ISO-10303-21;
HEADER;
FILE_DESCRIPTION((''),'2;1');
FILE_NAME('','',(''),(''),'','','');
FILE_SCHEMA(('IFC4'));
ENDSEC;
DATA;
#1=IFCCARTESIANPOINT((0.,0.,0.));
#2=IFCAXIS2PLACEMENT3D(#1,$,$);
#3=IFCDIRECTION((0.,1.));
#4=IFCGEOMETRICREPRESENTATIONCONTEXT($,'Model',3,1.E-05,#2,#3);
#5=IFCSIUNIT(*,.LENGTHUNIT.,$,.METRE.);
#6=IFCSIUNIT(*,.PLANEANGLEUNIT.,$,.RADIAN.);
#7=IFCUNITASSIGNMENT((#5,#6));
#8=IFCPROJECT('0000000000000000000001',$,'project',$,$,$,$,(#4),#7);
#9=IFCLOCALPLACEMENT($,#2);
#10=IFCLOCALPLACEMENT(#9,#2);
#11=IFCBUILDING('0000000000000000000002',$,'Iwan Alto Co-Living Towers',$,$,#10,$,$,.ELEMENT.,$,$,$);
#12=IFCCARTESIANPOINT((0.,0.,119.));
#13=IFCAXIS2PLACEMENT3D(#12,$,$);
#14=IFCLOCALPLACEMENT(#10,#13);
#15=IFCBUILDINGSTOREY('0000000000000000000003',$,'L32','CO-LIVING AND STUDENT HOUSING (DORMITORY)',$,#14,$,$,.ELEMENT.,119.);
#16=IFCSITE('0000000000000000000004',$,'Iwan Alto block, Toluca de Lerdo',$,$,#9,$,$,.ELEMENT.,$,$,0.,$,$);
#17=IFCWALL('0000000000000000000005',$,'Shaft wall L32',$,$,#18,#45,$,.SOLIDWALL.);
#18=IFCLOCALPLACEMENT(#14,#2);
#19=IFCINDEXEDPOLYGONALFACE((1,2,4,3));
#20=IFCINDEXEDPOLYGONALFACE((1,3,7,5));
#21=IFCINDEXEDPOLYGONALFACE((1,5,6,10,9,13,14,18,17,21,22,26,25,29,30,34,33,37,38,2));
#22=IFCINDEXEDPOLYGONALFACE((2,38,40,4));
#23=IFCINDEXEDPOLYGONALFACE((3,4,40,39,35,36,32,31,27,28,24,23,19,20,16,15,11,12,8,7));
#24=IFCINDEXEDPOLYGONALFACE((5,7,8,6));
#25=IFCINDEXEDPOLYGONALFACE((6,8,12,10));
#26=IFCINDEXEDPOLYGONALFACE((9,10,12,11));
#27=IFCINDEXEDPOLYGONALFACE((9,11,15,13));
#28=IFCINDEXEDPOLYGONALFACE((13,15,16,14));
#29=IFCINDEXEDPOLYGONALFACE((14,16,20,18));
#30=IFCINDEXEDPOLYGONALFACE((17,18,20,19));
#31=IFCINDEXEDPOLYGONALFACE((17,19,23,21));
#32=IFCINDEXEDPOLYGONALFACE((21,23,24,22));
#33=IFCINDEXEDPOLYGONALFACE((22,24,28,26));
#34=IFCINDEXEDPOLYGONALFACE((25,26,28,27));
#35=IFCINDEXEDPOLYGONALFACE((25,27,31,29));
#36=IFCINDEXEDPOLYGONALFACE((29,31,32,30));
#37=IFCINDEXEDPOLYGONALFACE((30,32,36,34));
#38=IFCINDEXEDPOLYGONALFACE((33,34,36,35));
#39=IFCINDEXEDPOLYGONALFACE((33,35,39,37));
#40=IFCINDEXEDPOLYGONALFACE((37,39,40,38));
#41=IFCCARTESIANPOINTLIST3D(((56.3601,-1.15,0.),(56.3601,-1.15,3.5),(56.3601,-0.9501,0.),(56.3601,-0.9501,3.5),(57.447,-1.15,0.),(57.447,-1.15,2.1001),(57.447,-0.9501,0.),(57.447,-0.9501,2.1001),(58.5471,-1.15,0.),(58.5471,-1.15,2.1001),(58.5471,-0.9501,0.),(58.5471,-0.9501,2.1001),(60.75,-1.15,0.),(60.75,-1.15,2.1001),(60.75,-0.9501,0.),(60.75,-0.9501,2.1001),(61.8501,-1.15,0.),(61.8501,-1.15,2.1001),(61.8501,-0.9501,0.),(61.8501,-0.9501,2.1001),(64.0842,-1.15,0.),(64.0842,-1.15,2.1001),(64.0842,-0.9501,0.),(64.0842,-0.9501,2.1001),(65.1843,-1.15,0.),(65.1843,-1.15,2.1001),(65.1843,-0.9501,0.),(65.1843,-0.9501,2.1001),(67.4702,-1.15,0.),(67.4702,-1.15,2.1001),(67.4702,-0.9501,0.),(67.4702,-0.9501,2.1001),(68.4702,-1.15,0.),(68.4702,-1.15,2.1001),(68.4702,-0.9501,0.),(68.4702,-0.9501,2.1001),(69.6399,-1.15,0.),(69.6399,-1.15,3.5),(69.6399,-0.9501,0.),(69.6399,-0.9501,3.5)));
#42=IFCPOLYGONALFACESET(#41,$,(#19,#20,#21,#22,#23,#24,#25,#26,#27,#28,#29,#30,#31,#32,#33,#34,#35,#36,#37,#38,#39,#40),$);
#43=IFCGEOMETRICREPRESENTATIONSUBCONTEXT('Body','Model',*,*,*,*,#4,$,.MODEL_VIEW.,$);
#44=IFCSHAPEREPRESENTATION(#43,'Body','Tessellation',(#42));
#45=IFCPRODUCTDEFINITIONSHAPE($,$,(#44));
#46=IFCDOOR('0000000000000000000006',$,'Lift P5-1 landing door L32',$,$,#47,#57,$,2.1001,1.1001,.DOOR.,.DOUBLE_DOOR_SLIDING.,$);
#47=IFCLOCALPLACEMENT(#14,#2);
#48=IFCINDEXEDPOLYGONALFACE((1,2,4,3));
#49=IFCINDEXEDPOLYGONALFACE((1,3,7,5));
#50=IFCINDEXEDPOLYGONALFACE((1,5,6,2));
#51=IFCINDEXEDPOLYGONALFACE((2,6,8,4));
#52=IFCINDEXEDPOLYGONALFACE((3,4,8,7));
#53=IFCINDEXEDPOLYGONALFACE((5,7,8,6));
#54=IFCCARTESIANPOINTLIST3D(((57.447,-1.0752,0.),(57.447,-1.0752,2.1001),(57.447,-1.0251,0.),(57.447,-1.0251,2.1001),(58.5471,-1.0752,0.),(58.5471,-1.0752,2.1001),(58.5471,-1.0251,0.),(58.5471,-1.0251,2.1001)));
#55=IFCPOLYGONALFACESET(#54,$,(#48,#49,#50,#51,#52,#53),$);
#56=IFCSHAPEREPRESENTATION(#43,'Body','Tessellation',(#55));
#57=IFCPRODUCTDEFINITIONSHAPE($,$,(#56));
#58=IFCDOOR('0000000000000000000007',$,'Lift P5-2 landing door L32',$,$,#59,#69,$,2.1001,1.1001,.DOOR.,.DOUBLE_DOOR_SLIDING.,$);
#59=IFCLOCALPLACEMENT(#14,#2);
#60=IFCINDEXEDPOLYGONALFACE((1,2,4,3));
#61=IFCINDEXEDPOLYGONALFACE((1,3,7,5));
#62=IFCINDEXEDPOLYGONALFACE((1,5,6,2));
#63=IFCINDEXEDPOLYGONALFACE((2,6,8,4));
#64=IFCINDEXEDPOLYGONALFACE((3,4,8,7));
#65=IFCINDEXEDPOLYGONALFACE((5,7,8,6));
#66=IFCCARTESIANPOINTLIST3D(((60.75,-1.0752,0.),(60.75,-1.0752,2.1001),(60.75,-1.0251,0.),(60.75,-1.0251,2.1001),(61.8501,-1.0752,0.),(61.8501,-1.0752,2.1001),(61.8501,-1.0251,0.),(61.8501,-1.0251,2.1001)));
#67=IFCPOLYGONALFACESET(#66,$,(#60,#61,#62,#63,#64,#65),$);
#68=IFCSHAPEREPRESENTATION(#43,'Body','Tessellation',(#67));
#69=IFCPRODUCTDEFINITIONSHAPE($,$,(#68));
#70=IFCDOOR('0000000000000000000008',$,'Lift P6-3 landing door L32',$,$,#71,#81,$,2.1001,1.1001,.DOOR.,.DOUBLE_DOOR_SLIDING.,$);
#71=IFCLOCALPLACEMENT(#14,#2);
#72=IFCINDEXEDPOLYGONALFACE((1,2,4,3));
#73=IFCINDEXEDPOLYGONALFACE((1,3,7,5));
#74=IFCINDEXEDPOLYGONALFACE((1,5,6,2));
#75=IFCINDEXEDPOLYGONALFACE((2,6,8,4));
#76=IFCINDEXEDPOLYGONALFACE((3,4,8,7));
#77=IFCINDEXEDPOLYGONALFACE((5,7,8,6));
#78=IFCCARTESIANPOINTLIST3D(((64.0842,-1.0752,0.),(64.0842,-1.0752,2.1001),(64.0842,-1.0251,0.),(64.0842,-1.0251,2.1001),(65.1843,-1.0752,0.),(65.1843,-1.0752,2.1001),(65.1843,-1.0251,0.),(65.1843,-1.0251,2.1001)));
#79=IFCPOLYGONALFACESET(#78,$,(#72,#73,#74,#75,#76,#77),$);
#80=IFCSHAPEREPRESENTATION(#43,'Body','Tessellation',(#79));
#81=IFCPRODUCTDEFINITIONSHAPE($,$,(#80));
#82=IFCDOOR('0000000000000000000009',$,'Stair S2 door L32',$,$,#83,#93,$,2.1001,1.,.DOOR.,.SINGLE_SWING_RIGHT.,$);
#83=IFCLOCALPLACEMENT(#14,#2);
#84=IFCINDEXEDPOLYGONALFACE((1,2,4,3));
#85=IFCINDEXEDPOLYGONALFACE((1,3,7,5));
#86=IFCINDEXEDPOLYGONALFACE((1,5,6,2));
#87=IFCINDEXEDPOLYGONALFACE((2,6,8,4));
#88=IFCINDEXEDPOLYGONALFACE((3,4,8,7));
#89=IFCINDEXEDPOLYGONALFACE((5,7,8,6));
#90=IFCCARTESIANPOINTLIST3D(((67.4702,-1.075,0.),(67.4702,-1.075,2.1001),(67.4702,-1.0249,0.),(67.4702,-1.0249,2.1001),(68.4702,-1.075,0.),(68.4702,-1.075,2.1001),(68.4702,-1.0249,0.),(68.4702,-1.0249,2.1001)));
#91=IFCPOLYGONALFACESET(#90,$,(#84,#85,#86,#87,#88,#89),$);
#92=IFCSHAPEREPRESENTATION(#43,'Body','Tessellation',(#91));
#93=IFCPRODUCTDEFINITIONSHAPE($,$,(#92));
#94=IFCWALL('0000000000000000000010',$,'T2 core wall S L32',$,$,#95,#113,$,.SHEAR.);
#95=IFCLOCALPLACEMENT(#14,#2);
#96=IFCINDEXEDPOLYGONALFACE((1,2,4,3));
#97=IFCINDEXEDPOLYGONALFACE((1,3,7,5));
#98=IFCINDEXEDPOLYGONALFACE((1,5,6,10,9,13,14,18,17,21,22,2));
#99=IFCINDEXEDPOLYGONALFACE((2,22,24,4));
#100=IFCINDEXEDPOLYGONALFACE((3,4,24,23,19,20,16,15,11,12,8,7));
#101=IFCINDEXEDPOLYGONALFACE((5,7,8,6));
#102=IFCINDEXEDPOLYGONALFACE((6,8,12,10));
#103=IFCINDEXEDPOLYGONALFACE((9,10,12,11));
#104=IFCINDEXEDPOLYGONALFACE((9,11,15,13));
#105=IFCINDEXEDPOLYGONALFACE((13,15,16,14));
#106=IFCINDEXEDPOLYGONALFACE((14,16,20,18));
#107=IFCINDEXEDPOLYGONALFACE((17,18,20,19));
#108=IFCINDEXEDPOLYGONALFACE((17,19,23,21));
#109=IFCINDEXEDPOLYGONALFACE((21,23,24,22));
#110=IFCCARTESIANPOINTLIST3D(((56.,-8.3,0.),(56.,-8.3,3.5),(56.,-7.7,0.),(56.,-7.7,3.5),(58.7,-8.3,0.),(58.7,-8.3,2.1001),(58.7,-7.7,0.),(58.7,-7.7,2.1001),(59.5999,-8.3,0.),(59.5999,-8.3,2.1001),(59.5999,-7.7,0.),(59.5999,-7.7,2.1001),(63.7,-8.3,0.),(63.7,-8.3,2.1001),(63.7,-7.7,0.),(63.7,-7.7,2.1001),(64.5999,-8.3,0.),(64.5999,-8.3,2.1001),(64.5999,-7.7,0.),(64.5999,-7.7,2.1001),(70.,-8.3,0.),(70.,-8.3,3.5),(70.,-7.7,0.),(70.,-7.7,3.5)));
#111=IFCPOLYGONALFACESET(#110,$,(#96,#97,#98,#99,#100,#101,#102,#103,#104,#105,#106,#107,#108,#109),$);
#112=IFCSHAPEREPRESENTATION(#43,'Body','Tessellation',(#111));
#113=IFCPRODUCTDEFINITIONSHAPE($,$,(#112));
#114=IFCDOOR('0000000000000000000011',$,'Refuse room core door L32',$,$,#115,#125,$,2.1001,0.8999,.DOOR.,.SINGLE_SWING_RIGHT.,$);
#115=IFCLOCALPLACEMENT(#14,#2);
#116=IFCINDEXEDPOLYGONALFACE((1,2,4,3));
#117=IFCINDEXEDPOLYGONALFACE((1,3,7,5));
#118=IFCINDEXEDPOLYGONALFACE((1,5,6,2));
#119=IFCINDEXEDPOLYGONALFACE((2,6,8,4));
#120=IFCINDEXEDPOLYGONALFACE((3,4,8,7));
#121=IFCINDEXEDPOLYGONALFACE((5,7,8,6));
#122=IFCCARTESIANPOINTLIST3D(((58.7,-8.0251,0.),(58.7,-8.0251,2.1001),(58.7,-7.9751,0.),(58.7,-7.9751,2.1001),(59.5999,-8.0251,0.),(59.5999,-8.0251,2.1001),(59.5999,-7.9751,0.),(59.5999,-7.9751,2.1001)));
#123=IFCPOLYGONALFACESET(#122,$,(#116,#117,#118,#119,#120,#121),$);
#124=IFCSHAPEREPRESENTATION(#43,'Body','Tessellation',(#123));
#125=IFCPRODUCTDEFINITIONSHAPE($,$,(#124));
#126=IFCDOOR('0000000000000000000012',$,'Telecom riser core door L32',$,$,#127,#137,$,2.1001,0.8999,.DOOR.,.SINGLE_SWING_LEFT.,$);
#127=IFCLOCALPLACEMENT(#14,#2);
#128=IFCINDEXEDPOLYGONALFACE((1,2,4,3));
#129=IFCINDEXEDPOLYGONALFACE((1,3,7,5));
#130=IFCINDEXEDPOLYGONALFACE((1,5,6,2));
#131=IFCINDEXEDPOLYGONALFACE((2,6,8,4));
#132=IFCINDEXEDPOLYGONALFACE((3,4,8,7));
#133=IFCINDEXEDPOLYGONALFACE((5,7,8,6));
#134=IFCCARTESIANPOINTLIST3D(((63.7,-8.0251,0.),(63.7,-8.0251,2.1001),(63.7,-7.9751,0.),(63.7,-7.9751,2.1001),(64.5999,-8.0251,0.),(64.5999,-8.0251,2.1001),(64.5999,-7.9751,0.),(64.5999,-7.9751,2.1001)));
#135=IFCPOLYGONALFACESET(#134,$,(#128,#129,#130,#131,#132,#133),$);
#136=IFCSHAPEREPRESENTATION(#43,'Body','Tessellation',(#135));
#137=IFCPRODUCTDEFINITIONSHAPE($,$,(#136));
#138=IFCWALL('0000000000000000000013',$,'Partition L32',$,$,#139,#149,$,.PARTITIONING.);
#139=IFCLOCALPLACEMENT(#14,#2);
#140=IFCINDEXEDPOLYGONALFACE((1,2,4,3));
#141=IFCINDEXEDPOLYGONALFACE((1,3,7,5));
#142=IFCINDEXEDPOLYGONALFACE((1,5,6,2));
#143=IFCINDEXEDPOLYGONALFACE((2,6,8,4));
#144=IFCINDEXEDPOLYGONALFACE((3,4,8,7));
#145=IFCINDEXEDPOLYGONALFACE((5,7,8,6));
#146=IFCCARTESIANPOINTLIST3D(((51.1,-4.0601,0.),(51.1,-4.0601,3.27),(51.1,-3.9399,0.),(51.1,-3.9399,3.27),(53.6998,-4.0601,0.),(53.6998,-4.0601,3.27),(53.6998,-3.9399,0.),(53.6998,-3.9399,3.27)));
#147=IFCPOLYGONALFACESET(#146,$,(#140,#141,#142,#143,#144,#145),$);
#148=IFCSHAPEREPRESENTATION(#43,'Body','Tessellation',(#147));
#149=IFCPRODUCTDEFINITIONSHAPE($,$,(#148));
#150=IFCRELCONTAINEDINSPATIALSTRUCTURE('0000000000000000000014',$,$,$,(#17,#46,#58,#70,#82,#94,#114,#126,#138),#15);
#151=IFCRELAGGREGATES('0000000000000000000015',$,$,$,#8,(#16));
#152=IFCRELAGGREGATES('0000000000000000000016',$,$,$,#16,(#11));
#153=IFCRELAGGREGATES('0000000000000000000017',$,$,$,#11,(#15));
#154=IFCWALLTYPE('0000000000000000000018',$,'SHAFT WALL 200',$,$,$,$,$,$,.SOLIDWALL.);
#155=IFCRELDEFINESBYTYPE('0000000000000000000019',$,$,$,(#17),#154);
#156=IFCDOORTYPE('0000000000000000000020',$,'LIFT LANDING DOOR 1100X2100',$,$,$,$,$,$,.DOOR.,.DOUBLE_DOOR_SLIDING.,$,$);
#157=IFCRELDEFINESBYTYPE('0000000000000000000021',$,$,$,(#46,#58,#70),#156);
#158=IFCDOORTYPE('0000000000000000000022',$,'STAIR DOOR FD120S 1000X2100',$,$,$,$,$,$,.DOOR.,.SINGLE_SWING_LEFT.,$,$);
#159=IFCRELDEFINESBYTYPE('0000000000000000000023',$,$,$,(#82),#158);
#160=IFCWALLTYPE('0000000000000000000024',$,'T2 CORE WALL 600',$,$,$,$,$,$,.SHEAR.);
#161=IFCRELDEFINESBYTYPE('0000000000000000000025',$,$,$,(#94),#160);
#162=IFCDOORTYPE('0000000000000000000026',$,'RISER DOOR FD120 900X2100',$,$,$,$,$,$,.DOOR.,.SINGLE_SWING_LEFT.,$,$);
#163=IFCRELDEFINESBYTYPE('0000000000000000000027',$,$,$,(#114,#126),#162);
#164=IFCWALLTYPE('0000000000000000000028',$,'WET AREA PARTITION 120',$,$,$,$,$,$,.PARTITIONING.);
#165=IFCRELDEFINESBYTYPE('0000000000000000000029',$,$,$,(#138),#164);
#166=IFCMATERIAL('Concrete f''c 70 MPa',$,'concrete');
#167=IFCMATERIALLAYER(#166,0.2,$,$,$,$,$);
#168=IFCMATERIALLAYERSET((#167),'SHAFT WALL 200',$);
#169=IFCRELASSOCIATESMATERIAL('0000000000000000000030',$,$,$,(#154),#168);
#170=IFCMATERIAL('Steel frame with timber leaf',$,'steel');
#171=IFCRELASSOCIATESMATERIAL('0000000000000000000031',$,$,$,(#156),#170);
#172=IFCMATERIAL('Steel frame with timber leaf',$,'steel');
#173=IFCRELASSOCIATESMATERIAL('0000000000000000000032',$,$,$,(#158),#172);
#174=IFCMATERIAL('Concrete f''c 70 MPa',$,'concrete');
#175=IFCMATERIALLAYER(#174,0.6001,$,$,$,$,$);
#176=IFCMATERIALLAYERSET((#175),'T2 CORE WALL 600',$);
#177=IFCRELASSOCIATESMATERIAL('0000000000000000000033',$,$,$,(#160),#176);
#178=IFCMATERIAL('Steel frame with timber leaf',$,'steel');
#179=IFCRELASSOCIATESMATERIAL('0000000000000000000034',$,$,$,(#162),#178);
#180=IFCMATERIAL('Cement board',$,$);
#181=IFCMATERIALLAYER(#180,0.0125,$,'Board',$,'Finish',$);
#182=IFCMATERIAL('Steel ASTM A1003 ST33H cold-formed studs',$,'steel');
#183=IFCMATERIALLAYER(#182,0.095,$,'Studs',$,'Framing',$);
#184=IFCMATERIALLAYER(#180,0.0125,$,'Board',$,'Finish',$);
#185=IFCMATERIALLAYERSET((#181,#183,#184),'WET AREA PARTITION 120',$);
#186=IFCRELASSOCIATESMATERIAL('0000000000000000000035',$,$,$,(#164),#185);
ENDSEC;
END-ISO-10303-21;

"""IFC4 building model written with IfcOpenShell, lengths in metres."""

from ifc_helpers import new_model, si_unit, direction, frame, frame_2d, origin, place, context, subcontext, project, spatial, rectangle, extrude, material, layer, layer_set, type_object, element, fill, save


model = new_model("IFC4")

# Units and contexts
model_context = context("Model", 3, precision=1e-05, world=origin(), true_north=direction((0.0, 1.0)))
body_context = subcontext(model_context, "Body", "Model", "MODEL_VIEW")
ifc_project = project(units=[si_unit("LENGTHUNIT", "METRE"), si_unit("PLANEANGLEUNIT", "RADIAN")], contexts=[model_context])

# Site, building, storey
site_placement = place(None, origin())
site = spatial("IfcSite", under=ifc_project, at=site_placement, Name="Iwan Alto block, Toluca de Lerdo", CompositionType="ELEMENT", RefElevation=0.0)
building_placement = place(site_placement, origin())
building = spatial("IfcBuilding", under=site, at=building_placement, Name="Iwan Alto Co-Living Towers", CompositionType="ELEMENT")
storey_placement = place(building_placement, frame((0.0, 0.0, 119.0)))
storey = spatial("IfcBuildingStorey", under=building, at=storey_placement, Name="L32", Description="CO-LIVING AND STUDENT HOUSING (DORMITORY)", CompositionType="ELEMENT", Elevation=119.0)

# Shared definitions
ifc_material_1 = material(Name="Steel ASTM A1003 ST33H cold-formed studs", Category="steel")

# Shared definitions
ifc_material_2 = material(Name="Concrete f'c 70 MPa", Category="concrete")
ifc_layer_1 = layer(ifc_material_2, 0.2)
ifc_layer_set_1 = layer_set([ifc_layer_1], Name="SHAFT WALL 200")
wall_type_1 = type_object("IfcWallType", Name="SHAFT WALL 200", PredefinedType="SOLIDWALL", material=ifc_layer_set_1)

# Walls, openings, doors
wall_1_placement = place(storey_placement, frame((56.3601, -1.05, 0.0), z_axis=(0.0, 0.0, 1.0), x_axis=(1.0, 0.0, 0.0)))
wall_1 = element("IfcWall", 1, at=wall_1_placement, inside=storey, type_object=wall_type_1, Name="Shaft wall L32", PredefinedType="SOLIDWALL", context=body_context, shape_type="SweptSolid", body=[
    extrude(rectangle(XDim=13.2798, YDim=0.2, at=frame_2d((6.6399, 0.0))), origin(), (0.0, 0.0, 1.0), 3.5),
])
opening_1_placement = place(wall_1_placement, frame((11.1101, 0.0, 0.0)))
opening_1 = element("IfcOpeningElement", 2, at=opening_1_placement, cuts=wall_1, PredefinedType="OPENING", context=body_context, shape_type="SweptSolid", body=[
    extrude(rectangle(XDim=1.0, YDim=2.1001, at=frame_2d((0.5, 1.05))), frame((0.0, 0.1099, 0.0), z_axis=(0.0, -1.0, 0.0), x_axis=(1.0, 0.0, 0.0)), (0.0, 0.0, 1.0), 0.22),
])
opening_2_placement = place(wall_1_placement, frame((1.0869, 0.0, 0.0)))
opening_2 = element("IfcOpeningElement", 3, at=opening_2_placement, cuts=wall_1, PredefinedType="OPENING", context=body_context, shape_type="SweptSolid", body=[
    extrude(rectangle(XDim=1.1001, YDim=2.1001, at=frame_2d((0.55, 1.05))), frame((0.0, 0.1099, 0.0), z_axis=(0.0, -1.0, 0.0), x_axis=(1.0, 0.0, 0.0)), (0.0, 0.0, 1.0), 0.22),
])
opening_3_placement = place(wall_1_placement, frame((4.3899, 0.0, 0.0)))
opening_3 = element("IfcOpeningElement", 4, at=opening_3_placement, cuts=wall_1, PredefinedType="OPENING", context=body_context, shape_type="SweptSolid", body=[
    extrude(rectangle(XDim=1.1001, YDim=2.1001, at=frame_2d((0.55, 1.05))), frame((0.0, 0.1099, 0.0), z_axis=(0.0, -1.0, 0.0), x_axis=(1.0, 0.0, 0.0)), (0.0, 0.0, 1.0), 0.22),
])
opening_4_placement = place(wall_1_placement, frame((7.7241, 0.0, 0.0)))
opening_4 = element("IfcOpeningElement", 5, at=opening_4_placement, cuts=wall_1, PredefinedType="OPENING", context=body_context, shape_type="SweptSolid", body=[
    extrude(rectangle(XDim=1.1001, YDim=2.1001, at=frame_2d((0.55, 1.05))), frame((0.0, 0.1099, 0.0), z_axis=(0.0, -1.0, 0.0), x_axis=(1.0, 0.0, 0.0)), (0.0, 0.0, 1.0), 0.22),
])
ifc_material_3 = material(Name="Steel frame with timber leaf", Category="steel")
door_type_1 = type_object("IfcDoorType", Name="LIFT LANDING DOOR 1100X2100", OperationType="DOUBLE_DOOR_SLIDING", PredefinedType="DOOR", material=ifc_material_3)
door_1_placement = place(opening_2_placement, origin())
door_1 = element("IfcDoor", 6, at=door_1_placement, inside=storey, type_object=door_type_1, Name="Lift P5-1 landing door L32", OperationType="DOUBLE_DOOR_SLIDING", OverallHeight=2.1001, OverallWidth=1.1001, PredefinedType="DOOR", context=body_context, shape_type="SweptSolid", body=[
    extrude(rectangle(XDim=1.1001, YDim=2.1001, at=frame_2d((0.55, 1.05))), frame((0.0, 0.0249, 0.0), z_axis=(0.0, -1.0, 0.0), x_axis=(1.0, 0.0, 0.0)), (0.0, 0.0, 1.0), 0.05),
])
fill(opening_2, door_1)
door_2_placement = place(opening_3_placement, origin())
door_2 = element("IfcDoor", 7, at=door_2_placement, inside=storey, type_object=door_type_1, Name="Lift P5-2 landing door L32", OperationType="DOUBLE_DOOR_SLIDING", OverallHeight=2.1001, OverallWidth=1.1001, PredefinedType="DOOR", context=body_context, shape_type="SweptSolid", body=[
    extrude(rectangle(XDim=1.1001, YDim=2.1001, at=frame_2d((0.55, 1.05))), frame((0.0, 0.0249, 0.0), z_axis=(0.0, -1.0, 0.0), x_axis=(1.0, 0.0, 0.0)), (0.0, 0.0, 1.0), 0.05),
])
fill(opening_3, door_2)
door_3_placement = place(opening_4_placement, origin())
door_3 = element("IfcDoor", 8, at=door_3_placement, inside=storey, type_object=door_type_1, Name="Lift P6-3 landing door L32", OperationType="DOUBLE_DOOR_SLIDING", OverallHeight=2.1001, OverallWidth=1.1001, PredefinedType="DOOR", context=body_context, shape_type="SweptSolid", body=[
    extrude(rectangle(XDim=1.1001, YDim=2.1001, at=frame_2d((0.55, 1.05))), frame((0.0, 0.0249, 0.0), z_axis=(0.0, -1.0, 0.0), x_axis=(1.0, 0.0, 0.0)), (0.0, 0.0, 1.0), 0.05),
])
fill(opening_4, door_3)
ifc_material_4 = material(Name="Steel frame with timber leaf", Category="steel")
door_type_2 = type_object("IfcDoorType", Name="STAIR DOOR FD120S 1000X2100", OperationType="SINGLE_SWING_LEFT", PredefinedType="DOOR", material=ifc_material_4)
door_4_placement = place(opening_1_placement, frame((1.0, 0.0, 0.0), z_axis=(0.0, 0.0, 1.0), x_axis=(-1.0, 0.0, 0.0)))
door_4 = element("IfcDoor", 9, at=door_4_placement, inside=storey, type_object=door_type_2, Name="Stair S2 door L32", OperationType="SINGLE_SWING_RIGHT", OverallHeight=2.1001, OverallWidth=1.0, PredefinedType="DOOR", context=body_context, shape_type="SweptSolid", body=[
    extrude(rectangle(XDim=1.0, YDim=2.1001, at=frame_2d((0.5, 1.05))), frame((0.0, 0.0249, 0.0), z_axis=(0.0, -1.0, 0.0), x_axis=(1.0, 0.0, 0.0)), (0.0, 0.0, 1.0), 0.05),
])
fill(opening_1, door_4)
ifc_material_5 = material(Name="Concrete f'c 70 MPa", Category="concrete")
ifc_layer_2 = layer(ifc_material_5, 0.6001)
ifc_layer_set_2 = layer_set([ifc_layer_2], Name="T2 CORE WALL 600")
wall_type_2 = type_object("IfcWallType", Name="T2 CORE WALL 600", PredefinedType="SHEAR", material=ifc_layer_set_2)
wall_2_placement = place(storey_placement, frame((56.0, -8.0, 0.0), z_axis=(0.0, 0.0, 1.0), x_axis=(1.0, 0.0, 0.0)))
wall_2 = element("IfcWall", 10, at=wall_2_placement, inside=storey, type_object=wall_type_2, Name="T2 core wall S L32", PredefinedType="SHEAR", context=body_context, shape_type="SweptSolid", body=[
    extrude(rectangle(XDim=14.0, YDim=0.6001, at=frame_2d((7.0, 0.0))), origin(), (0.0, 0.0, 1.0), 3.5),
])
opening_5_placement = place(wall_2_placement, frame((2.7, 0.0, 0.0)))
opening_5 = element("IfcOpeningElement", 11, at=opening_5_placement, cuts=wall_2, PredefinedType="OPENING", context=body_context, shape_type="SweptSolid", body=[
    extrude(rectangle(XDim=0.8999, YDim=2.1001, at=frame_2d((0.45, 1.05))), frame((0.0, 0.3101, 0.0), z_axis=(0.0, -1.0, 0.0), x_axis=(1.0, 0.0, 0.0)), (0.0, 0.0, 1.0), 0.6201),
])
opening_6_placement = place(wall_2_placement, frame((7.7, 0.0, 0.0)))
opening_6 = element("IfcOpeningElement", 12, at=opening_6_placement, cuts=wall_2, PredefinedType="OPENING", context=body_context, shape_type="SweptSolid", body=[
    extrude(rectangle(XDim=0.8999, YDim=2.1001, at=frame_2d((0.45, 1.05))), frame((0.0, 0.3101, 0.0), z_axis=(0.0, -1.0, 0.0), x_axis=(1.0, 0.0, 0.0)), (0.0, 0.0, 1.0), 0.6201),
])
ifc_material_6 = material(Name="Steel frame with timber leaf", Category="steel")
door_type_3 = type_object("IfcDoorType", Name="RISER DOOR FD120 900X2100", OperationType="SINGLE_SWING_LEFT", PredefinedType="DOOR", material=ifc_material_6)
door_5_placement = place(opening_5_placement, origin())
door_5 = element("IfcDoor", 13, at=door_5_placement, inside=storey, type_object=door_type_3, Name="Refuse room core door L32", OperationType="SINGLE_SWING_RIGHT", OverallHeight=2.1001, OverallWidth=0.8999, PredefinedType="DOOR", context=body_context, shape_type="SweptSolid", body=[
    extrude(rectangle(XDim=0.8999, YDim=2.1001, at=frame_2d((0.45, 1.05))), frame((0.0, 0.0249, 0.0), z_axis=(0.0, -1.0, 0.0), x_axis=(1.0, 0.0, 0.0)), (0.0, 0.0, 1.0), 0.05),
])
fill(opening_5, door_5)
door_6_placement = place(opening_6_placement, origin())
door_6 = element("IfcDoor", 14, at=door_6_placement, inside=storey, type_object=door_type_3, Name="Telecom riser core door L32", OperationType="SINGLE_SWING_LEFT", OverallHeight=2.1001, OverallWidth=0.8999, PredefinedType="DOOR", context=body_context, shape_type="SweptSolid", body=[
    extrude(rectangle(XDim=0.8999, YDim=2.1001, at=frame_2d((0.45, 1.05))), frame((0.0, 0.0249, 0.0), z_axis=(0.0, -1.0, 0.0), x_axis=(1.0, 0.0, 0.0)), (0.0, 0.0, 1.0), 0.05),
])
fill(opening_6, door_6)

# Wall
ifc_material_7 = material(Name="Cement board")
ifc_layer_3 = layer(ifc_material_7, 0.0125, Name="Board", Category="Finish")
ifc_layer_4 = layer(ifc_material_1, 0.095, Name="Studs", Category="Framing")
ifc_layer_5 = layer(ifc_material_7, 0.0125, Name="Board", Category="Finish")
ifc_layer_set_3 = layer_set([ifc_layer_3, ifc_layer_4, ifc_layer_5], Name="WET AREA PARTITION 120")
wall_type_3 = type_object("IfcWallType", Name="WET AREA PARTITION 120", PredefinedType="PARTITIONING", material=ifc_layer_set_3)
wall_3_placement = place(storey_placement, frame((51.1001, -4.0, 0.0), z_axis=(0.0, 0.0, 1.0), x_axis=(1.0, 0.0, 0.0)))
element("IfcWall", 15, at=wall_3_placement, inside=storey, type_object=wall_type_3, Name="Partition L32", PredefinedType="PARTITIONING", context=body_context, shape_type="SweptSolid", body=[
    extrude(rectangle(XDim=2.5999, YDim=0.1201, at=frame_2d((1.2998, 0.0))), origin(), (0.0, 0.0, 1.0), 3.27),
])

save(model, "model.ifc")
